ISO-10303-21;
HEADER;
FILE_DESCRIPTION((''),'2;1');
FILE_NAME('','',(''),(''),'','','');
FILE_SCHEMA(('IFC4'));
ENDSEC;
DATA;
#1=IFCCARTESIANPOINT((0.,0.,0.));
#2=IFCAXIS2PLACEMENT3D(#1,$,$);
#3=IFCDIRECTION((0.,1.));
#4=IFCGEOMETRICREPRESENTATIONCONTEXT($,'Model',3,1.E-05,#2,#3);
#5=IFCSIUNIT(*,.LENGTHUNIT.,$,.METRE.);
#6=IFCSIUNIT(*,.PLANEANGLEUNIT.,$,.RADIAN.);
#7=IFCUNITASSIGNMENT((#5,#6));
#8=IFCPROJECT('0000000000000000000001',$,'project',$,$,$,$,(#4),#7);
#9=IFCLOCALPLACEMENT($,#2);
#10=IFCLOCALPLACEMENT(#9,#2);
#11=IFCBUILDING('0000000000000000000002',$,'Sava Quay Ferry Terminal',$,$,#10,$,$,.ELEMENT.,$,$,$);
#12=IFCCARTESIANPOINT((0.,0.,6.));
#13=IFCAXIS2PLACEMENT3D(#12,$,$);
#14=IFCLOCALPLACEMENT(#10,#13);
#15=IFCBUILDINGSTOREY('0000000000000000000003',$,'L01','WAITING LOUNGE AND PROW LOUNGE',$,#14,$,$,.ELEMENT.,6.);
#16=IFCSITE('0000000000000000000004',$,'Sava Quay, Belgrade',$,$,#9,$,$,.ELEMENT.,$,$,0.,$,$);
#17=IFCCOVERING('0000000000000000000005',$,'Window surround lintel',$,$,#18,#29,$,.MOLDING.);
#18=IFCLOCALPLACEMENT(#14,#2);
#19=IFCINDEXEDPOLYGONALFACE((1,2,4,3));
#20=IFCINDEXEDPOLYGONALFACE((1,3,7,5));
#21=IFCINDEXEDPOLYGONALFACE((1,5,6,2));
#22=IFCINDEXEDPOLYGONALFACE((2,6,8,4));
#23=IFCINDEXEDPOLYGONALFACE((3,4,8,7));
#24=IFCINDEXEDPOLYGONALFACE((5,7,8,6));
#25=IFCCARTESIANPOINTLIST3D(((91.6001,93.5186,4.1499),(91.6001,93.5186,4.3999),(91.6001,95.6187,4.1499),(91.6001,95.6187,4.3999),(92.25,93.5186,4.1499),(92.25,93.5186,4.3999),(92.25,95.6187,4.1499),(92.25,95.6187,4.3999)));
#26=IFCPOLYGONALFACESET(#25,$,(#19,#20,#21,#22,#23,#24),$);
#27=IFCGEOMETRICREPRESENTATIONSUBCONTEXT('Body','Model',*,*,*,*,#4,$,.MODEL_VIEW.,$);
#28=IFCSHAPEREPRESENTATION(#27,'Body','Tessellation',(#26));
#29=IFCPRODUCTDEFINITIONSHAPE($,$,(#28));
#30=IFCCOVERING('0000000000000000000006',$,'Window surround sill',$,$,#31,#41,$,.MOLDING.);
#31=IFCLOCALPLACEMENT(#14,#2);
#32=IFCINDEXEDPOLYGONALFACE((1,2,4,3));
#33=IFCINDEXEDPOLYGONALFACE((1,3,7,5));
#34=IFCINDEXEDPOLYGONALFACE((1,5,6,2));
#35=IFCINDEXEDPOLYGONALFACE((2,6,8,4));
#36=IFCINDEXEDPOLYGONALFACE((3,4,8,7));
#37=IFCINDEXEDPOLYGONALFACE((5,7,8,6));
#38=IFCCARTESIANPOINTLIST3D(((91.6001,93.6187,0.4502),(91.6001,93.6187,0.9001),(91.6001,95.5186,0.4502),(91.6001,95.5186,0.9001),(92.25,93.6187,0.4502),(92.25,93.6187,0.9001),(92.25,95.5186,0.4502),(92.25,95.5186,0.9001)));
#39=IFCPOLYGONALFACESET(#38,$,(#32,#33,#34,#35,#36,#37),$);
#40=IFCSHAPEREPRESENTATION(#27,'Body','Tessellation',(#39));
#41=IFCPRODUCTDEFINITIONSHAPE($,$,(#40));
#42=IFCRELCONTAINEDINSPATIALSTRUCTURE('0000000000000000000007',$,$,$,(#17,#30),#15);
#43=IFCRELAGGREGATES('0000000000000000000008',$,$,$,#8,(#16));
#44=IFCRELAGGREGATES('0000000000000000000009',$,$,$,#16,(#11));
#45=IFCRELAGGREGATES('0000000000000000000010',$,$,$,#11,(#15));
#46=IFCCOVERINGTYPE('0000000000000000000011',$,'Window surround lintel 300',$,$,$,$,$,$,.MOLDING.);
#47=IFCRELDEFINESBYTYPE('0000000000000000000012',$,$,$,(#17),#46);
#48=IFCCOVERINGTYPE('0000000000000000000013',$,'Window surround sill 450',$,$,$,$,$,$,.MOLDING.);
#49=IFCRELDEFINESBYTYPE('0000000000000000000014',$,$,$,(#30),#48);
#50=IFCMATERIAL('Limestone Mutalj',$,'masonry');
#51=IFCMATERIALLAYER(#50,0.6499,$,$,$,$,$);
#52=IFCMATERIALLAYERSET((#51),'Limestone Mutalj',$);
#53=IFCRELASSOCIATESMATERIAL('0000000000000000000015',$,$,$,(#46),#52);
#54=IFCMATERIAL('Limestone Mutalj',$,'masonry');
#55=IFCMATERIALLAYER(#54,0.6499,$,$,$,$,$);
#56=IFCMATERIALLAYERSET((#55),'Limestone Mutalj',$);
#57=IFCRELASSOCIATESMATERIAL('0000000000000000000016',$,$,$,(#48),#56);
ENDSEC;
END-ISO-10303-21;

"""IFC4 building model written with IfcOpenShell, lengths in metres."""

from ifc_helpers import new_model, si_unit, direction, frame, origin, origin_2d, place, context, subcontext, project, spatial, rectangle, extrude, material, layer, layer_set, type_object, element, save


model = new_model("IFC4")

# Units and contexts
model_context = context("Model", 3, precision=1e-05, world=origin(), true_north=direction((0.0, 1.0)))
body_context = subcontext(model_context, "Body", "Model", "MODEL_VIEW")
ifc_project = project(units=[si_unit("LENGTHUNIT", "METRE"), si_unit("PLANEANGLEUNIT", "RADIAN")], contexts=[model_context])

# Site, building, storey
site_placement = place(None, origin())
site = spatial("IfcSite", under=ifc_project, at=site_placement, Name="Sava Quay, Belgrade", CompositionType="ELEMENT", RefElevation=0.0)
building_placement = place(site_placement, origin())
building = spatial("IfcBuilding", under=site, at=building_placement, Name="Sava Quay Ferry Terminal", CompositionType="ELEMENT")
storey_placement = place(building_placement, frame((0.0, 0.0, 6.0)))
storey = spatial("IfcBuildingStorey", under=building, at=storey_placement, Name="L01", Description="WAITING LOUNGE AND PROW LOUNGE", CompositionType="ELEMENT", Elevation=6.0)

# Coverings
ifc_material_1 = material(Name="Limestone Mutalj", Category="masonry")
ifc_layer_1 = layer(ifc_material_1, 0.6499)
ifc_layer_set_1 = layer_set([ifc_layer_1], Name="Limestone Mutalj")
covering_type_1 = type_object("IfcCoveringType", Name="Window surround lintel 300", PredefinedType="MOLDING", material=ifc_layer_set_1)
covering_1_placement = place(storey_placement, frame((91.925, 94.5686, 4.1499), z_axis=(0.0, 0.0, 1.0), x_axis=(1.0, 0.0, 0.0)))
element("IfcCovering", 1, at=covering_1_placement, inside=storey, type_object=covering_type_1, Name="Window surround lintel", PredefinedType="MOLDING", context=body_context, shape_type="SweptSolid", body=[
    extrude(rectangle(XDim=0.6499, YDim=2.1001, at=origin_2d()), origin(), (0.0, 0.0, 1.0), 0.25),
])
ifc_material_2 = material(Name="Limestone Mutalj", Category="masonry")
ifc_layer_2 = layer(ifc_material_2, 0.6499)
ifc_layer_set_2 = layer_set([ifc_layer_2], Name="Limestone Mutalj")
covering_type_2 = type_object("IfcCoveringType", Name="Window surround sill 450", PredefinedType="MOLDING", material=ifc_layer_set_2)
covering_2_placement = place(storey_placement, frame((91.925, 94.5686, 0.4502), z_axis=(0.0, 0.0, 1.0), x_axis=(1.0, 0.0, 0.0)))
element("IfcCovering", 2, at=covering_2_placement, inside=storey, type_object=covering_type_2, Name="Window surround sill", PredefinedType="MOLDING", context=body_context, shape_type="SweptSolid", body=[
    extrude(rectangle(XDim=0.6499, YDim=1.8999, at=origin_2d()), origin(), (0.0, 0.0, 1.0), 0.45),
])

save(model, "model.ifc")
